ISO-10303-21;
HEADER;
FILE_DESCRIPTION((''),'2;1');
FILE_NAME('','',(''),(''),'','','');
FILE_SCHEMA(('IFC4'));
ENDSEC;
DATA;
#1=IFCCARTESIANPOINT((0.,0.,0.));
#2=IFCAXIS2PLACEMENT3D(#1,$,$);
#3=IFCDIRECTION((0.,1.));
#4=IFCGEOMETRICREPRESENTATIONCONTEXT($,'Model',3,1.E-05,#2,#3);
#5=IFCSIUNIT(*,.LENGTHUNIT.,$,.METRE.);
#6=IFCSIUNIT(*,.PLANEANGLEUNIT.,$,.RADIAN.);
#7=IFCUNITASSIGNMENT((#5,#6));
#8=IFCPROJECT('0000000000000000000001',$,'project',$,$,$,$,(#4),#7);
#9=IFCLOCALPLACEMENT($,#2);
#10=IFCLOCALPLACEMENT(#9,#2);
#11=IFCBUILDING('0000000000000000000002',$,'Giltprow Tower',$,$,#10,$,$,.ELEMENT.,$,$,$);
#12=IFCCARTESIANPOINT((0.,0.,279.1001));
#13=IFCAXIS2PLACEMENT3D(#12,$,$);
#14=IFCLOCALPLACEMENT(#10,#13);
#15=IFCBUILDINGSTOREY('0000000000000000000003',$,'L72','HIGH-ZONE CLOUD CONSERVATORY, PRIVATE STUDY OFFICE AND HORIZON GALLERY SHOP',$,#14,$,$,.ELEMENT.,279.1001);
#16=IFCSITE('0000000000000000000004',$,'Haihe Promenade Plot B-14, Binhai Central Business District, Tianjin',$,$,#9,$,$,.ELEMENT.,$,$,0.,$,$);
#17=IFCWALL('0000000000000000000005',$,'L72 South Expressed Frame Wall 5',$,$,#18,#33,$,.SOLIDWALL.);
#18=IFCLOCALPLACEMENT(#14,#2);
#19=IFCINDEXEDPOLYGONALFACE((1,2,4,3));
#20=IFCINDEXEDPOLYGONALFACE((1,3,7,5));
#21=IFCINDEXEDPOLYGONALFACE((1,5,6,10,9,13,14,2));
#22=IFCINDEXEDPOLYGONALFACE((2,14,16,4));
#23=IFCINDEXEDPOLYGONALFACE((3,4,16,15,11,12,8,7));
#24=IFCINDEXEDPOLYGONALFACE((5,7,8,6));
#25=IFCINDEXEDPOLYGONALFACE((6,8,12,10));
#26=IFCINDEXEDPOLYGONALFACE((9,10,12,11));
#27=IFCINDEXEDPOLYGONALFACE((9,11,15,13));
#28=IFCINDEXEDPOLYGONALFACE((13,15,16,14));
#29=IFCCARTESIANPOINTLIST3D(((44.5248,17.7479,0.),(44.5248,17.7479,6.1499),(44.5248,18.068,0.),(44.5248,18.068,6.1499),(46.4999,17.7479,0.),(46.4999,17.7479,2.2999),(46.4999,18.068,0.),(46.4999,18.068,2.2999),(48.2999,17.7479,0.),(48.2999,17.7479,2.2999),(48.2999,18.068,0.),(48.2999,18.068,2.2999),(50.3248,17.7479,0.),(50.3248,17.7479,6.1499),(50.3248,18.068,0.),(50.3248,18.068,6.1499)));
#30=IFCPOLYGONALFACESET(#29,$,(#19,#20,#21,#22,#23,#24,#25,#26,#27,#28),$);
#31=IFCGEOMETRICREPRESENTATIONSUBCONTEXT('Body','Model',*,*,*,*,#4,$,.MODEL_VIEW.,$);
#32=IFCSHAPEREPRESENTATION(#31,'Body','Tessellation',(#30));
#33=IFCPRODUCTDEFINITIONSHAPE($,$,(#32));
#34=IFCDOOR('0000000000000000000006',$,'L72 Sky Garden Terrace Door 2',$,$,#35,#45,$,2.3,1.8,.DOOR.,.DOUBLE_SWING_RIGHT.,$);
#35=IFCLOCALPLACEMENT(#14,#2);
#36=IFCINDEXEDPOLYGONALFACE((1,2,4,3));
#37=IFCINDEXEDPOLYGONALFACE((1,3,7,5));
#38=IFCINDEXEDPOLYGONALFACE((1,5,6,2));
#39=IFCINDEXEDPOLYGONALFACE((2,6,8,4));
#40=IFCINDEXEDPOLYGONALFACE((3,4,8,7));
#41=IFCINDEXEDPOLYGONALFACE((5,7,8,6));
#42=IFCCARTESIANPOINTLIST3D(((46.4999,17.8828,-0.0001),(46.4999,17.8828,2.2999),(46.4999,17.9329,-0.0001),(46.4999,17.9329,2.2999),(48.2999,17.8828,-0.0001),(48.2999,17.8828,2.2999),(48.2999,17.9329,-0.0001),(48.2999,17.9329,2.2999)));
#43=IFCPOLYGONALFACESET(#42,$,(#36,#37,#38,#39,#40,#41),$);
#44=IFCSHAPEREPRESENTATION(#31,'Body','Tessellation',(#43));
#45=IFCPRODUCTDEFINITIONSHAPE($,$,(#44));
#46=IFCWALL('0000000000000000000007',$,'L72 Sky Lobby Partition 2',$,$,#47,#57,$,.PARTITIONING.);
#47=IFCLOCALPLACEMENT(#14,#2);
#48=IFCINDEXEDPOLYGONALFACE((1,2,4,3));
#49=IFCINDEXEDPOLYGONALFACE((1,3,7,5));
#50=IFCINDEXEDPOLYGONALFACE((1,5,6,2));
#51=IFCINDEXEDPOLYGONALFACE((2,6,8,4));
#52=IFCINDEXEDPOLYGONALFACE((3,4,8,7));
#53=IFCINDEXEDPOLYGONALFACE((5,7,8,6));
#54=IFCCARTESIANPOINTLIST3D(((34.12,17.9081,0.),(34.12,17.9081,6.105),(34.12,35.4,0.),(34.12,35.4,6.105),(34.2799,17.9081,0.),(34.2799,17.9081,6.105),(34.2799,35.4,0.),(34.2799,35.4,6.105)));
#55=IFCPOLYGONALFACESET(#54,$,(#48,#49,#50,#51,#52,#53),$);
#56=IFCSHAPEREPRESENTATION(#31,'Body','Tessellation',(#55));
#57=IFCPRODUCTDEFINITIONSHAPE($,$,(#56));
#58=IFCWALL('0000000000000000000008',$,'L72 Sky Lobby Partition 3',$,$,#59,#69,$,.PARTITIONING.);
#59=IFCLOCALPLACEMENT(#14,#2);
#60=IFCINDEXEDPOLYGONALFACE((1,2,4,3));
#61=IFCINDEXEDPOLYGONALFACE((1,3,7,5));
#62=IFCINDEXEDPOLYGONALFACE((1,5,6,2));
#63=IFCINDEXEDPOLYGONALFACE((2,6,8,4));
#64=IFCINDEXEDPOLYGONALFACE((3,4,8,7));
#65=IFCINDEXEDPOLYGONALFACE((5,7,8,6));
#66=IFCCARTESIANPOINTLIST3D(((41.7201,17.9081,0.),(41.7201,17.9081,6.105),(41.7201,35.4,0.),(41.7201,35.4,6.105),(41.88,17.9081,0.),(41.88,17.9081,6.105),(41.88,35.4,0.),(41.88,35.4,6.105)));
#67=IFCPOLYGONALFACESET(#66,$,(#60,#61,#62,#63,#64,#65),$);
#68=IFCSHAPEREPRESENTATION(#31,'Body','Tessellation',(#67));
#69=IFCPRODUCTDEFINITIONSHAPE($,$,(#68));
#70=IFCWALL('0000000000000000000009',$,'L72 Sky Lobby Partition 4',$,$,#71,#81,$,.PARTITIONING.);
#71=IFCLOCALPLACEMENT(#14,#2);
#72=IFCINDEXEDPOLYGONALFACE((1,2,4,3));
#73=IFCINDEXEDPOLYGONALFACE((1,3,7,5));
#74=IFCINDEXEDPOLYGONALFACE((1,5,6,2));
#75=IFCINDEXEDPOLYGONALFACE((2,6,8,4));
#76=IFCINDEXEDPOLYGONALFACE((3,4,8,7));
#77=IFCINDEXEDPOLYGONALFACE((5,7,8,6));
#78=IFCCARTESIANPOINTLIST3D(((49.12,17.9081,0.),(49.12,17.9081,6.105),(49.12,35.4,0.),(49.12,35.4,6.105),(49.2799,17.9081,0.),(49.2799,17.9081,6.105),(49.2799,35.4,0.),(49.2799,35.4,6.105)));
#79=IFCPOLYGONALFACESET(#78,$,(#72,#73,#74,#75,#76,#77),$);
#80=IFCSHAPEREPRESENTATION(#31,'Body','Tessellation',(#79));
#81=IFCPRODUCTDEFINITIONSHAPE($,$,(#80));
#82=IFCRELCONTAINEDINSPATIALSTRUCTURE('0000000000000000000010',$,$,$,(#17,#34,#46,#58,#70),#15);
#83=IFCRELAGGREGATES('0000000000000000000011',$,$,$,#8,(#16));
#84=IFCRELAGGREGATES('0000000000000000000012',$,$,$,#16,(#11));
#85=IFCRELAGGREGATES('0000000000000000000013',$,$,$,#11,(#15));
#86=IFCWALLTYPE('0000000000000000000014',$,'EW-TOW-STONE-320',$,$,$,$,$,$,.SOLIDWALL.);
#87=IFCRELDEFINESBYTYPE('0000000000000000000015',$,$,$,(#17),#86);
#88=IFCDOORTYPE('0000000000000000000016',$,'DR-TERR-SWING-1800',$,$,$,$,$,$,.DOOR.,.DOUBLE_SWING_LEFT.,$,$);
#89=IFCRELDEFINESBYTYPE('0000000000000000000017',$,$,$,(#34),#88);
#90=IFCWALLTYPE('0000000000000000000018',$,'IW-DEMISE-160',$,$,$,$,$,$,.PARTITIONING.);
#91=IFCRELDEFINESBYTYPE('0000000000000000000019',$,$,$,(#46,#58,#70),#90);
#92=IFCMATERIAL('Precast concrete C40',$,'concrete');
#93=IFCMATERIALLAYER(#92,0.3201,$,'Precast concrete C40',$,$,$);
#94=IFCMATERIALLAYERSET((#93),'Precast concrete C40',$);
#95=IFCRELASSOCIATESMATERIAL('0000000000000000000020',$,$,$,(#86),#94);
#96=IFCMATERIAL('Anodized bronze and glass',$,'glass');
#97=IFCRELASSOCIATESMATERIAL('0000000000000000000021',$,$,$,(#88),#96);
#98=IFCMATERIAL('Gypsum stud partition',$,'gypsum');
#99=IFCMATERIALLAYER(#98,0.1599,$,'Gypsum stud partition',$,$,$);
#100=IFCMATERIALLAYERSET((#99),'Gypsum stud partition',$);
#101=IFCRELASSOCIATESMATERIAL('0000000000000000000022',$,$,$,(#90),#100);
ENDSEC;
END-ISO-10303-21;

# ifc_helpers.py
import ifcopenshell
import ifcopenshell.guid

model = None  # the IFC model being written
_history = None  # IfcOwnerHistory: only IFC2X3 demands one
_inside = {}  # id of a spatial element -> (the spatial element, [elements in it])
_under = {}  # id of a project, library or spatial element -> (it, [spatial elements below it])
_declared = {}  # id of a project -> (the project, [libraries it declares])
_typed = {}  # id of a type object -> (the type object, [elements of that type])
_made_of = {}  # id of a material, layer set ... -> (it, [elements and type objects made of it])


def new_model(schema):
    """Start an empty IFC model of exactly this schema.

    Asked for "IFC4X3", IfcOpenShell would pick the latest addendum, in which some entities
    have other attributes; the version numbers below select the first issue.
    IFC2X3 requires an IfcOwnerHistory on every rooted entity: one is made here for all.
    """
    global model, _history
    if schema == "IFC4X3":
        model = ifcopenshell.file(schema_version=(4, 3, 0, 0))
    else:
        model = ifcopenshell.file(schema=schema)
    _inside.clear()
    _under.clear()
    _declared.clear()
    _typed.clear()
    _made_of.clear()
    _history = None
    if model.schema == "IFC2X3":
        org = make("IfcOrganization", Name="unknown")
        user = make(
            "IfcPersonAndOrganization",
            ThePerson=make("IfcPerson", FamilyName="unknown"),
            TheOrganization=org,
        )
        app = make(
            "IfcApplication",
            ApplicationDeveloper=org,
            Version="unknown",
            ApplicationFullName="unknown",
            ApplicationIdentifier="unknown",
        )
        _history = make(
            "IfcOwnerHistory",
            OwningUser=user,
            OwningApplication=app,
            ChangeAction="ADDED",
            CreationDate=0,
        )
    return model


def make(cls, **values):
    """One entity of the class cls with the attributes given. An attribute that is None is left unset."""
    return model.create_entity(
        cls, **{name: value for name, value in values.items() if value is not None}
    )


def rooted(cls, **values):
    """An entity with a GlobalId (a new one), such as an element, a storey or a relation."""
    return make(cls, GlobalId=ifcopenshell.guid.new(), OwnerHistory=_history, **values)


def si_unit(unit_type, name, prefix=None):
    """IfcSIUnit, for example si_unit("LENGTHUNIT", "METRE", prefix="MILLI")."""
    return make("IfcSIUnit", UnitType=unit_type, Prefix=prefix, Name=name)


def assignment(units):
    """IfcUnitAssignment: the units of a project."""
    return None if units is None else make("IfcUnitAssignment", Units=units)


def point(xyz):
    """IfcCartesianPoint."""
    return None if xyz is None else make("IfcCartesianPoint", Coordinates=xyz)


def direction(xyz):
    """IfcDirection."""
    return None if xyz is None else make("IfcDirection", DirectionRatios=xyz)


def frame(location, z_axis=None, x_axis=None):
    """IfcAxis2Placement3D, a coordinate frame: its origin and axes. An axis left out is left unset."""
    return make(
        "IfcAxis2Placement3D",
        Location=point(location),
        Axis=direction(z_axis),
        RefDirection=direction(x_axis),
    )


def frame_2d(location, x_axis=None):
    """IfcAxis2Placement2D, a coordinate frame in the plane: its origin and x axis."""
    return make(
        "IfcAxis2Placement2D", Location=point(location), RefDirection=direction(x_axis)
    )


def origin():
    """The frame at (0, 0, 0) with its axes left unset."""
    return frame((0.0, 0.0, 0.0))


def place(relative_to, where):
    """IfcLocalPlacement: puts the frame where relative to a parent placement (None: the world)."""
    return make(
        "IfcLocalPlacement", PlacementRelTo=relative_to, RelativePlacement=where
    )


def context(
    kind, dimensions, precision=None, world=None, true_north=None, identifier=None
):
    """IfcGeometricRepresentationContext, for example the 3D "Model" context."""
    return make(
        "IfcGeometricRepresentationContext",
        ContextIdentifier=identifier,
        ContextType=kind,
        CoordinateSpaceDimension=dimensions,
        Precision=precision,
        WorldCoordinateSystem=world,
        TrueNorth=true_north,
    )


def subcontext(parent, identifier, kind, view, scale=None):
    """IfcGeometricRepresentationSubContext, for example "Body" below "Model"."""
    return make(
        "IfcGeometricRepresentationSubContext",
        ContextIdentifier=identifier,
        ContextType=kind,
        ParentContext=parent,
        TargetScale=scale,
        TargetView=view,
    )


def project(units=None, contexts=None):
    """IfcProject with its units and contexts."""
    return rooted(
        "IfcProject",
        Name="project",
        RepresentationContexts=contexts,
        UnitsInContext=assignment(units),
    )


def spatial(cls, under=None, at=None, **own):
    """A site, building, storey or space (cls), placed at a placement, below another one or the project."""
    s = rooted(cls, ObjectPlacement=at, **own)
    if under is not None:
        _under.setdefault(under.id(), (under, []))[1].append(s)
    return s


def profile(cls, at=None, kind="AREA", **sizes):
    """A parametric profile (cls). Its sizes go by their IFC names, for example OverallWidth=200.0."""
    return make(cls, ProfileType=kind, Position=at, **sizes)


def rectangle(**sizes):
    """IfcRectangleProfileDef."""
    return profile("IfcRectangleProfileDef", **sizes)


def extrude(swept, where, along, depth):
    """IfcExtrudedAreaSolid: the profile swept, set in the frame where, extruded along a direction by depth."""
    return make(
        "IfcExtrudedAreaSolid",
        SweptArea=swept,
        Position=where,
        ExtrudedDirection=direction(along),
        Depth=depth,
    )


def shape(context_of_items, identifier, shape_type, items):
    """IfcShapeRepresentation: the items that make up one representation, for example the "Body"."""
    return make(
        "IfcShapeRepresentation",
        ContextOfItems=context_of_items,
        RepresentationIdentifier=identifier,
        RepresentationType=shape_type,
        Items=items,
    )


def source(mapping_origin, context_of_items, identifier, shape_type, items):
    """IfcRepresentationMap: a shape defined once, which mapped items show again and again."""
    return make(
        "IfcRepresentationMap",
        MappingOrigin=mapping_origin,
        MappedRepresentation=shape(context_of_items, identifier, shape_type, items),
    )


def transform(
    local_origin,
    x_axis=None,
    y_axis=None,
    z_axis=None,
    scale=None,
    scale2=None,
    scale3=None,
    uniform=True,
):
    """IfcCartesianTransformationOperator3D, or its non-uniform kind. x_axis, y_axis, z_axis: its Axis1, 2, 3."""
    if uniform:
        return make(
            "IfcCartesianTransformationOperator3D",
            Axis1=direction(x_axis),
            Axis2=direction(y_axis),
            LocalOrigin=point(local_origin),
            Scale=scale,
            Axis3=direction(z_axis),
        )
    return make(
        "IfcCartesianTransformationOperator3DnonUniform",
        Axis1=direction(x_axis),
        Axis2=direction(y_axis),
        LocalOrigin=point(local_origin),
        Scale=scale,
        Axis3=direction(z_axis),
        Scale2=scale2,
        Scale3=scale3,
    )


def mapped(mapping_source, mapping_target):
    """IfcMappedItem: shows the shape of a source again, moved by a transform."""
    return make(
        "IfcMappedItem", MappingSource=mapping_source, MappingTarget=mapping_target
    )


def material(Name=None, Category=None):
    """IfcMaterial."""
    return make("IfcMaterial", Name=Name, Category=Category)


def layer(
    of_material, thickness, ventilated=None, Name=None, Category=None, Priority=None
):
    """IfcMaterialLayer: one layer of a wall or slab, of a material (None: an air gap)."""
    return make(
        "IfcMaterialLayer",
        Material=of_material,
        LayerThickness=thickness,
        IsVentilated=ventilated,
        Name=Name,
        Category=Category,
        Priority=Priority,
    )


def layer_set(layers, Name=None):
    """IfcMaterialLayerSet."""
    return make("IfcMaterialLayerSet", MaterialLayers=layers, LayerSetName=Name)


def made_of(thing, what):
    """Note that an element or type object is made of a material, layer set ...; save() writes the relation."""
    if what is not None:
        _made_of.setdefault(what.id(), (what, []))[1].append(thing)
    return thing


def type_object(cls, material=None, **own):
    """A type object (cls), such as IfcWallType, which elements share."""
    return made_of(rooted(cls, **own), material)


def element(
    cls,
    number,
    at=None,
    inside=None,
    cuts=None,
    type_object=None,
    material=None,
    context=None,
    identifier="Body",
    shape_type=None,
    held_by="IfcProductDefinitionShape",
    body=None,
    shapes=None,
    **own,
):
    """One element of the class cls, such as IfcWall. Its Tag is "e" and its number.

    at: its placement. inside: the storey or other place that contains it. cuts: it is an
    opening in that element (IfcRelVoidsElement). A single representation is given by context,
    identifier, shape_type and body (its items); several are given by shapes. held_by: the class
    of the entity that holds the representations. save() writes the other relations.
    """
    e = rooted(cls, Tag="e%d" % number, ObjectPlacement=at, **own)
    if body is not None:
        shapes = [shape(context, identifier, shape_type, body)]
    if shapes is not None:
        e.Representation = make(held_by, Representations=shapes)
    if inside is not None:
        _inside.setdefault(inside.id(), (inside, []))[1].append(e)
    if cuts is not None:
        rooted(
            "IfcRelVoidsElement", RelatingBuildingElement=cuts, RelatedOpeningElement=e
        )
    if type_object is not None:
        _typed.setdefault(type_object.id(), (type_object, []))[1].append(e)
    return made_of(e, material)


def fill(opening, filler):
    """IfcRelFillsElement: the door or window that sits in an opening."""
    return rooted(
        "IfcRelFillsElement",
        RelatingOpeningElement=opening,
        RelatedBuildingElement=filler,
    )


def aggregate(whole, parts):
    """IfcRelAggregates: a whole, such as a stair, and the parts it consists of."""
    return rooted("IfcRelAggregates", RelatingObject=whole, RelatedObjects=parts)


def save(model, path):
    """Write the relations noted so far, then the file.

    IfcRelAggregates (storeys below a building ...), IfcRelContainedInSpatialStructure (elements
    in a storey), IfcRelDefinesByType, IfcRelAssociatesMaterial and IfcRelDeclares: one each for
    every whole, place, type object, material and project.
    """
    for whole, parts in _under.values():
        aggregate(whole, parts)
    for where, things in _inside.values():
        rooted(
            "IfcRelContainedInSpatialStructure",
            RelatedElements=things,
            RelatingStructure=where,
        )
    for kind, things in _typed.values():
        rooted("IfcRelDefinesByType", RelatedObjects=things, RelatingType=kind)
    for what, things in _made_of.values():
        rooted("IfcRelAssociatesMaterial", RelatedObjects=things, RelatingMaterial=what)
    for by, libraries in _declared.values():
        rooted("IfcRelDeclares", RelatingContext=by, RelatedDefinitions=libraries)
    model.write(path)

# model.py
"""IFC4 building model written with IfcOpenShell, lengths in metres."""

from ifc_helpers import new_model, si_unit, direction, frame, frame_2d, origin, place, context, subcontext, project, spatial, rectangle, extrude, source, transform, mapped, material, layer, layer_set, type_object, element, fill, save


model = new_model("IFC4")

# Units and contexts
model_context = context("Model", 3, precision=1e-05, world=origin(), true_north=direction((0.0, 1.0)))
body_context = subcontext(model_context, "Body", "Model", "MODEL_VIEW")
ifc_project = project(units=[si_unit("LENGTHUNIT", "METRE"), si_unit("PLANEANGLEUNIT", "RADIAN")], contexts=[model_context])

# Site, building, storey
site_placement = place(None, origin())
site = spatial("IfcSite", under=ifc_project, at=site_placement, Name="Haihe Promenade Plot B-14, Binhai Central Business District, Tianjin", CompositionType="ELEMENT", RefElevation=0.0)
building_placement = place(site_placement, origin())
building = spatial("IfcBuilding", under=site, at=building_placement, Name="Giltprow Tower", CompositionType="ELEMENT")
storey_placement = place(building_placement, frame((0.0, 0.0, 279.1001)))
storey = spatial("IfcBuildingStorey", under=building, at=storey_placement, Name="L72", Description="HIGH-ZONE CLOUD CONSERVATORY, PRIVATE STUDY OFFICE AND HORIZON GALLERY SHOP", CompositionType="ELEMENT", Elevation=279.1001)

# Shared definitions
ifc_material_1 = material(Name="Precast concrete C40", Category="concrete")
ifc_layer_1 = layer(ifc_material_1, 0.3201, Name="Precast concrete C40")
ifc_layer_set_1 = layer_set([ifc_layer_1], Name="Precast concrete C40")
wall_type_1 = type_object("IfcWallType", Name="EW-TOW-STONE-320", PredefinedType="SOLIDWALL", material=ifc_layer_set_1)

# Wall, opening, door
wall_placement = place(storey_placement, frame((44.5249, 17.908, 0.0), z_axis=(0.0, 0.0, 1.0), x_axis=(1.0, 0.0, 0.0)))
wall = element("IfcWall", 1, at=wall_placement, inside=storey, type_object=wall_type_1, Name="L72 South Expressed Frame Wall 5", PredefinedType="SOLIDWALL", context=body_context, shape_type="SweptSolid", body=[
    extrude(rectangle(XDim=5.8, YDim=0.3201, at=frame_2d((2.8999, 0.0))), origin(), (0.0, 0.0, 1.0), 6.1499),
])
opening_placement = place(wall_placement, frame((1.9751, 0.0, 0.0)))
opening = element("IfcOpeningElement", 2, at=opening_placement, cuts=wall, PredefinedType="OPENING", context=body_context, shape_type="SweptSolid", body=[
    extrude(rectangle(XDim=1.8, YDim=2.3, at=frame_2d((0.8999, 1.1499))), frame((0.0, 0.1699, 0.0), z_axis=(0.0, -1.0, 0.0), x_axis=(1.0, 0.0, 0.0)), (0.0, 0.0, 1.0), 0.3401),
])
ifc_material_2 = material(Name="Anodized bronze and glass", Category="glass")
door_type = type_object("IfcDoorType", Name="DR-TERR-SWING-1800", OperationType="DOUBLE_SWING_LEFT", PredefinedType="DOOR", material=ifc_material_2)
shared_shape_1 = source(origin(), body_context, "Body", "SweptSolid", [
    extrude(rectangle(XDim=1.8, YDim=2.3, at=frame_2d((0.8999, 1.1499))), frame((0.0, 0.0249, 0.0), z_axis=(0.0, -1.0, 0.0), x_axis=(1.0, 0.0, 0.0)), (0.0, 0.0, 1.0), 0.05),
])
door_placement = place(opening_placement, origin())
door = element("IfcDoor", 3, at=door_placement, inside=storey, type_object=door_type, Name="L72 Sky Garden Terrace Door 2", OperationType="DOUBLE_SWING_RIGHT", OverallHeight=2.3, OverallWidth=1.8, PredefinedType="DOOR", context=body_context, shape_type="MappedRepresentation", body=[
    mapped(shared_shape_1, transform((0.0, 0.0, 0.0), x_axis=(1.0, 0.0, 0.0), y_axis=(0.0, 1.0, 0.0), z_axis=(0.0, 0.0, 1.0), scale=1.0)),
])
fill(opening, door)

# Walls
ifc_material_3 = material(Name="Gypsum stud partition", Category="gypsum")
ifc_layer_2 = layer(ifc_material_3, 0.1599, Name="Gypsum stud partition")
ifc_layer_set_2 = layer_set([ifc_layer_2], Name="Gypsum stud partition")
wall_type_2 = type_object("IfcWallType", Name="IW-DEMISE-160", PredefinedType="PARTITIONING", material=ifc_layer_set_2)
for number, where, z_axis, x_axis, name in (
    (4, (34.2, 17.908, 0.0), (0.0, 0.0, 1.0), (0.0, 1.0, 0.0), "L72 Sky Lobby Partition 2"),
    (5, (41.8, 17.908, 0.0), (0.0, 0.0, 1.0), (0.0, 1.0, 0.0), "L72 Sky Lobby Partition 3"),
    (6, (49.2, 17.908, 0.0), (0.0, 0.0, 1.0), (0.0, 1.0, 0.0), "L72 Sky Lobby Partition 4"),
):
    element("IfcWall", number, at=place(storey_placement, frame(where, z_axis=z_axis, x_axis=x_axis)), inside=storey, type_object=wall_type_2, Name=name, PredefinedType="PARTITIONING", context=body_context, shape_type="SweptSolid", body=[
        extrude(rectangle(XDim=17.4919, YDim=0.1599, at=frame_2d((8.7461, 0.0))), origin(), (0.0, 0.0, 1.0), 6.105),
    ])

save(model, "model.ifc")
